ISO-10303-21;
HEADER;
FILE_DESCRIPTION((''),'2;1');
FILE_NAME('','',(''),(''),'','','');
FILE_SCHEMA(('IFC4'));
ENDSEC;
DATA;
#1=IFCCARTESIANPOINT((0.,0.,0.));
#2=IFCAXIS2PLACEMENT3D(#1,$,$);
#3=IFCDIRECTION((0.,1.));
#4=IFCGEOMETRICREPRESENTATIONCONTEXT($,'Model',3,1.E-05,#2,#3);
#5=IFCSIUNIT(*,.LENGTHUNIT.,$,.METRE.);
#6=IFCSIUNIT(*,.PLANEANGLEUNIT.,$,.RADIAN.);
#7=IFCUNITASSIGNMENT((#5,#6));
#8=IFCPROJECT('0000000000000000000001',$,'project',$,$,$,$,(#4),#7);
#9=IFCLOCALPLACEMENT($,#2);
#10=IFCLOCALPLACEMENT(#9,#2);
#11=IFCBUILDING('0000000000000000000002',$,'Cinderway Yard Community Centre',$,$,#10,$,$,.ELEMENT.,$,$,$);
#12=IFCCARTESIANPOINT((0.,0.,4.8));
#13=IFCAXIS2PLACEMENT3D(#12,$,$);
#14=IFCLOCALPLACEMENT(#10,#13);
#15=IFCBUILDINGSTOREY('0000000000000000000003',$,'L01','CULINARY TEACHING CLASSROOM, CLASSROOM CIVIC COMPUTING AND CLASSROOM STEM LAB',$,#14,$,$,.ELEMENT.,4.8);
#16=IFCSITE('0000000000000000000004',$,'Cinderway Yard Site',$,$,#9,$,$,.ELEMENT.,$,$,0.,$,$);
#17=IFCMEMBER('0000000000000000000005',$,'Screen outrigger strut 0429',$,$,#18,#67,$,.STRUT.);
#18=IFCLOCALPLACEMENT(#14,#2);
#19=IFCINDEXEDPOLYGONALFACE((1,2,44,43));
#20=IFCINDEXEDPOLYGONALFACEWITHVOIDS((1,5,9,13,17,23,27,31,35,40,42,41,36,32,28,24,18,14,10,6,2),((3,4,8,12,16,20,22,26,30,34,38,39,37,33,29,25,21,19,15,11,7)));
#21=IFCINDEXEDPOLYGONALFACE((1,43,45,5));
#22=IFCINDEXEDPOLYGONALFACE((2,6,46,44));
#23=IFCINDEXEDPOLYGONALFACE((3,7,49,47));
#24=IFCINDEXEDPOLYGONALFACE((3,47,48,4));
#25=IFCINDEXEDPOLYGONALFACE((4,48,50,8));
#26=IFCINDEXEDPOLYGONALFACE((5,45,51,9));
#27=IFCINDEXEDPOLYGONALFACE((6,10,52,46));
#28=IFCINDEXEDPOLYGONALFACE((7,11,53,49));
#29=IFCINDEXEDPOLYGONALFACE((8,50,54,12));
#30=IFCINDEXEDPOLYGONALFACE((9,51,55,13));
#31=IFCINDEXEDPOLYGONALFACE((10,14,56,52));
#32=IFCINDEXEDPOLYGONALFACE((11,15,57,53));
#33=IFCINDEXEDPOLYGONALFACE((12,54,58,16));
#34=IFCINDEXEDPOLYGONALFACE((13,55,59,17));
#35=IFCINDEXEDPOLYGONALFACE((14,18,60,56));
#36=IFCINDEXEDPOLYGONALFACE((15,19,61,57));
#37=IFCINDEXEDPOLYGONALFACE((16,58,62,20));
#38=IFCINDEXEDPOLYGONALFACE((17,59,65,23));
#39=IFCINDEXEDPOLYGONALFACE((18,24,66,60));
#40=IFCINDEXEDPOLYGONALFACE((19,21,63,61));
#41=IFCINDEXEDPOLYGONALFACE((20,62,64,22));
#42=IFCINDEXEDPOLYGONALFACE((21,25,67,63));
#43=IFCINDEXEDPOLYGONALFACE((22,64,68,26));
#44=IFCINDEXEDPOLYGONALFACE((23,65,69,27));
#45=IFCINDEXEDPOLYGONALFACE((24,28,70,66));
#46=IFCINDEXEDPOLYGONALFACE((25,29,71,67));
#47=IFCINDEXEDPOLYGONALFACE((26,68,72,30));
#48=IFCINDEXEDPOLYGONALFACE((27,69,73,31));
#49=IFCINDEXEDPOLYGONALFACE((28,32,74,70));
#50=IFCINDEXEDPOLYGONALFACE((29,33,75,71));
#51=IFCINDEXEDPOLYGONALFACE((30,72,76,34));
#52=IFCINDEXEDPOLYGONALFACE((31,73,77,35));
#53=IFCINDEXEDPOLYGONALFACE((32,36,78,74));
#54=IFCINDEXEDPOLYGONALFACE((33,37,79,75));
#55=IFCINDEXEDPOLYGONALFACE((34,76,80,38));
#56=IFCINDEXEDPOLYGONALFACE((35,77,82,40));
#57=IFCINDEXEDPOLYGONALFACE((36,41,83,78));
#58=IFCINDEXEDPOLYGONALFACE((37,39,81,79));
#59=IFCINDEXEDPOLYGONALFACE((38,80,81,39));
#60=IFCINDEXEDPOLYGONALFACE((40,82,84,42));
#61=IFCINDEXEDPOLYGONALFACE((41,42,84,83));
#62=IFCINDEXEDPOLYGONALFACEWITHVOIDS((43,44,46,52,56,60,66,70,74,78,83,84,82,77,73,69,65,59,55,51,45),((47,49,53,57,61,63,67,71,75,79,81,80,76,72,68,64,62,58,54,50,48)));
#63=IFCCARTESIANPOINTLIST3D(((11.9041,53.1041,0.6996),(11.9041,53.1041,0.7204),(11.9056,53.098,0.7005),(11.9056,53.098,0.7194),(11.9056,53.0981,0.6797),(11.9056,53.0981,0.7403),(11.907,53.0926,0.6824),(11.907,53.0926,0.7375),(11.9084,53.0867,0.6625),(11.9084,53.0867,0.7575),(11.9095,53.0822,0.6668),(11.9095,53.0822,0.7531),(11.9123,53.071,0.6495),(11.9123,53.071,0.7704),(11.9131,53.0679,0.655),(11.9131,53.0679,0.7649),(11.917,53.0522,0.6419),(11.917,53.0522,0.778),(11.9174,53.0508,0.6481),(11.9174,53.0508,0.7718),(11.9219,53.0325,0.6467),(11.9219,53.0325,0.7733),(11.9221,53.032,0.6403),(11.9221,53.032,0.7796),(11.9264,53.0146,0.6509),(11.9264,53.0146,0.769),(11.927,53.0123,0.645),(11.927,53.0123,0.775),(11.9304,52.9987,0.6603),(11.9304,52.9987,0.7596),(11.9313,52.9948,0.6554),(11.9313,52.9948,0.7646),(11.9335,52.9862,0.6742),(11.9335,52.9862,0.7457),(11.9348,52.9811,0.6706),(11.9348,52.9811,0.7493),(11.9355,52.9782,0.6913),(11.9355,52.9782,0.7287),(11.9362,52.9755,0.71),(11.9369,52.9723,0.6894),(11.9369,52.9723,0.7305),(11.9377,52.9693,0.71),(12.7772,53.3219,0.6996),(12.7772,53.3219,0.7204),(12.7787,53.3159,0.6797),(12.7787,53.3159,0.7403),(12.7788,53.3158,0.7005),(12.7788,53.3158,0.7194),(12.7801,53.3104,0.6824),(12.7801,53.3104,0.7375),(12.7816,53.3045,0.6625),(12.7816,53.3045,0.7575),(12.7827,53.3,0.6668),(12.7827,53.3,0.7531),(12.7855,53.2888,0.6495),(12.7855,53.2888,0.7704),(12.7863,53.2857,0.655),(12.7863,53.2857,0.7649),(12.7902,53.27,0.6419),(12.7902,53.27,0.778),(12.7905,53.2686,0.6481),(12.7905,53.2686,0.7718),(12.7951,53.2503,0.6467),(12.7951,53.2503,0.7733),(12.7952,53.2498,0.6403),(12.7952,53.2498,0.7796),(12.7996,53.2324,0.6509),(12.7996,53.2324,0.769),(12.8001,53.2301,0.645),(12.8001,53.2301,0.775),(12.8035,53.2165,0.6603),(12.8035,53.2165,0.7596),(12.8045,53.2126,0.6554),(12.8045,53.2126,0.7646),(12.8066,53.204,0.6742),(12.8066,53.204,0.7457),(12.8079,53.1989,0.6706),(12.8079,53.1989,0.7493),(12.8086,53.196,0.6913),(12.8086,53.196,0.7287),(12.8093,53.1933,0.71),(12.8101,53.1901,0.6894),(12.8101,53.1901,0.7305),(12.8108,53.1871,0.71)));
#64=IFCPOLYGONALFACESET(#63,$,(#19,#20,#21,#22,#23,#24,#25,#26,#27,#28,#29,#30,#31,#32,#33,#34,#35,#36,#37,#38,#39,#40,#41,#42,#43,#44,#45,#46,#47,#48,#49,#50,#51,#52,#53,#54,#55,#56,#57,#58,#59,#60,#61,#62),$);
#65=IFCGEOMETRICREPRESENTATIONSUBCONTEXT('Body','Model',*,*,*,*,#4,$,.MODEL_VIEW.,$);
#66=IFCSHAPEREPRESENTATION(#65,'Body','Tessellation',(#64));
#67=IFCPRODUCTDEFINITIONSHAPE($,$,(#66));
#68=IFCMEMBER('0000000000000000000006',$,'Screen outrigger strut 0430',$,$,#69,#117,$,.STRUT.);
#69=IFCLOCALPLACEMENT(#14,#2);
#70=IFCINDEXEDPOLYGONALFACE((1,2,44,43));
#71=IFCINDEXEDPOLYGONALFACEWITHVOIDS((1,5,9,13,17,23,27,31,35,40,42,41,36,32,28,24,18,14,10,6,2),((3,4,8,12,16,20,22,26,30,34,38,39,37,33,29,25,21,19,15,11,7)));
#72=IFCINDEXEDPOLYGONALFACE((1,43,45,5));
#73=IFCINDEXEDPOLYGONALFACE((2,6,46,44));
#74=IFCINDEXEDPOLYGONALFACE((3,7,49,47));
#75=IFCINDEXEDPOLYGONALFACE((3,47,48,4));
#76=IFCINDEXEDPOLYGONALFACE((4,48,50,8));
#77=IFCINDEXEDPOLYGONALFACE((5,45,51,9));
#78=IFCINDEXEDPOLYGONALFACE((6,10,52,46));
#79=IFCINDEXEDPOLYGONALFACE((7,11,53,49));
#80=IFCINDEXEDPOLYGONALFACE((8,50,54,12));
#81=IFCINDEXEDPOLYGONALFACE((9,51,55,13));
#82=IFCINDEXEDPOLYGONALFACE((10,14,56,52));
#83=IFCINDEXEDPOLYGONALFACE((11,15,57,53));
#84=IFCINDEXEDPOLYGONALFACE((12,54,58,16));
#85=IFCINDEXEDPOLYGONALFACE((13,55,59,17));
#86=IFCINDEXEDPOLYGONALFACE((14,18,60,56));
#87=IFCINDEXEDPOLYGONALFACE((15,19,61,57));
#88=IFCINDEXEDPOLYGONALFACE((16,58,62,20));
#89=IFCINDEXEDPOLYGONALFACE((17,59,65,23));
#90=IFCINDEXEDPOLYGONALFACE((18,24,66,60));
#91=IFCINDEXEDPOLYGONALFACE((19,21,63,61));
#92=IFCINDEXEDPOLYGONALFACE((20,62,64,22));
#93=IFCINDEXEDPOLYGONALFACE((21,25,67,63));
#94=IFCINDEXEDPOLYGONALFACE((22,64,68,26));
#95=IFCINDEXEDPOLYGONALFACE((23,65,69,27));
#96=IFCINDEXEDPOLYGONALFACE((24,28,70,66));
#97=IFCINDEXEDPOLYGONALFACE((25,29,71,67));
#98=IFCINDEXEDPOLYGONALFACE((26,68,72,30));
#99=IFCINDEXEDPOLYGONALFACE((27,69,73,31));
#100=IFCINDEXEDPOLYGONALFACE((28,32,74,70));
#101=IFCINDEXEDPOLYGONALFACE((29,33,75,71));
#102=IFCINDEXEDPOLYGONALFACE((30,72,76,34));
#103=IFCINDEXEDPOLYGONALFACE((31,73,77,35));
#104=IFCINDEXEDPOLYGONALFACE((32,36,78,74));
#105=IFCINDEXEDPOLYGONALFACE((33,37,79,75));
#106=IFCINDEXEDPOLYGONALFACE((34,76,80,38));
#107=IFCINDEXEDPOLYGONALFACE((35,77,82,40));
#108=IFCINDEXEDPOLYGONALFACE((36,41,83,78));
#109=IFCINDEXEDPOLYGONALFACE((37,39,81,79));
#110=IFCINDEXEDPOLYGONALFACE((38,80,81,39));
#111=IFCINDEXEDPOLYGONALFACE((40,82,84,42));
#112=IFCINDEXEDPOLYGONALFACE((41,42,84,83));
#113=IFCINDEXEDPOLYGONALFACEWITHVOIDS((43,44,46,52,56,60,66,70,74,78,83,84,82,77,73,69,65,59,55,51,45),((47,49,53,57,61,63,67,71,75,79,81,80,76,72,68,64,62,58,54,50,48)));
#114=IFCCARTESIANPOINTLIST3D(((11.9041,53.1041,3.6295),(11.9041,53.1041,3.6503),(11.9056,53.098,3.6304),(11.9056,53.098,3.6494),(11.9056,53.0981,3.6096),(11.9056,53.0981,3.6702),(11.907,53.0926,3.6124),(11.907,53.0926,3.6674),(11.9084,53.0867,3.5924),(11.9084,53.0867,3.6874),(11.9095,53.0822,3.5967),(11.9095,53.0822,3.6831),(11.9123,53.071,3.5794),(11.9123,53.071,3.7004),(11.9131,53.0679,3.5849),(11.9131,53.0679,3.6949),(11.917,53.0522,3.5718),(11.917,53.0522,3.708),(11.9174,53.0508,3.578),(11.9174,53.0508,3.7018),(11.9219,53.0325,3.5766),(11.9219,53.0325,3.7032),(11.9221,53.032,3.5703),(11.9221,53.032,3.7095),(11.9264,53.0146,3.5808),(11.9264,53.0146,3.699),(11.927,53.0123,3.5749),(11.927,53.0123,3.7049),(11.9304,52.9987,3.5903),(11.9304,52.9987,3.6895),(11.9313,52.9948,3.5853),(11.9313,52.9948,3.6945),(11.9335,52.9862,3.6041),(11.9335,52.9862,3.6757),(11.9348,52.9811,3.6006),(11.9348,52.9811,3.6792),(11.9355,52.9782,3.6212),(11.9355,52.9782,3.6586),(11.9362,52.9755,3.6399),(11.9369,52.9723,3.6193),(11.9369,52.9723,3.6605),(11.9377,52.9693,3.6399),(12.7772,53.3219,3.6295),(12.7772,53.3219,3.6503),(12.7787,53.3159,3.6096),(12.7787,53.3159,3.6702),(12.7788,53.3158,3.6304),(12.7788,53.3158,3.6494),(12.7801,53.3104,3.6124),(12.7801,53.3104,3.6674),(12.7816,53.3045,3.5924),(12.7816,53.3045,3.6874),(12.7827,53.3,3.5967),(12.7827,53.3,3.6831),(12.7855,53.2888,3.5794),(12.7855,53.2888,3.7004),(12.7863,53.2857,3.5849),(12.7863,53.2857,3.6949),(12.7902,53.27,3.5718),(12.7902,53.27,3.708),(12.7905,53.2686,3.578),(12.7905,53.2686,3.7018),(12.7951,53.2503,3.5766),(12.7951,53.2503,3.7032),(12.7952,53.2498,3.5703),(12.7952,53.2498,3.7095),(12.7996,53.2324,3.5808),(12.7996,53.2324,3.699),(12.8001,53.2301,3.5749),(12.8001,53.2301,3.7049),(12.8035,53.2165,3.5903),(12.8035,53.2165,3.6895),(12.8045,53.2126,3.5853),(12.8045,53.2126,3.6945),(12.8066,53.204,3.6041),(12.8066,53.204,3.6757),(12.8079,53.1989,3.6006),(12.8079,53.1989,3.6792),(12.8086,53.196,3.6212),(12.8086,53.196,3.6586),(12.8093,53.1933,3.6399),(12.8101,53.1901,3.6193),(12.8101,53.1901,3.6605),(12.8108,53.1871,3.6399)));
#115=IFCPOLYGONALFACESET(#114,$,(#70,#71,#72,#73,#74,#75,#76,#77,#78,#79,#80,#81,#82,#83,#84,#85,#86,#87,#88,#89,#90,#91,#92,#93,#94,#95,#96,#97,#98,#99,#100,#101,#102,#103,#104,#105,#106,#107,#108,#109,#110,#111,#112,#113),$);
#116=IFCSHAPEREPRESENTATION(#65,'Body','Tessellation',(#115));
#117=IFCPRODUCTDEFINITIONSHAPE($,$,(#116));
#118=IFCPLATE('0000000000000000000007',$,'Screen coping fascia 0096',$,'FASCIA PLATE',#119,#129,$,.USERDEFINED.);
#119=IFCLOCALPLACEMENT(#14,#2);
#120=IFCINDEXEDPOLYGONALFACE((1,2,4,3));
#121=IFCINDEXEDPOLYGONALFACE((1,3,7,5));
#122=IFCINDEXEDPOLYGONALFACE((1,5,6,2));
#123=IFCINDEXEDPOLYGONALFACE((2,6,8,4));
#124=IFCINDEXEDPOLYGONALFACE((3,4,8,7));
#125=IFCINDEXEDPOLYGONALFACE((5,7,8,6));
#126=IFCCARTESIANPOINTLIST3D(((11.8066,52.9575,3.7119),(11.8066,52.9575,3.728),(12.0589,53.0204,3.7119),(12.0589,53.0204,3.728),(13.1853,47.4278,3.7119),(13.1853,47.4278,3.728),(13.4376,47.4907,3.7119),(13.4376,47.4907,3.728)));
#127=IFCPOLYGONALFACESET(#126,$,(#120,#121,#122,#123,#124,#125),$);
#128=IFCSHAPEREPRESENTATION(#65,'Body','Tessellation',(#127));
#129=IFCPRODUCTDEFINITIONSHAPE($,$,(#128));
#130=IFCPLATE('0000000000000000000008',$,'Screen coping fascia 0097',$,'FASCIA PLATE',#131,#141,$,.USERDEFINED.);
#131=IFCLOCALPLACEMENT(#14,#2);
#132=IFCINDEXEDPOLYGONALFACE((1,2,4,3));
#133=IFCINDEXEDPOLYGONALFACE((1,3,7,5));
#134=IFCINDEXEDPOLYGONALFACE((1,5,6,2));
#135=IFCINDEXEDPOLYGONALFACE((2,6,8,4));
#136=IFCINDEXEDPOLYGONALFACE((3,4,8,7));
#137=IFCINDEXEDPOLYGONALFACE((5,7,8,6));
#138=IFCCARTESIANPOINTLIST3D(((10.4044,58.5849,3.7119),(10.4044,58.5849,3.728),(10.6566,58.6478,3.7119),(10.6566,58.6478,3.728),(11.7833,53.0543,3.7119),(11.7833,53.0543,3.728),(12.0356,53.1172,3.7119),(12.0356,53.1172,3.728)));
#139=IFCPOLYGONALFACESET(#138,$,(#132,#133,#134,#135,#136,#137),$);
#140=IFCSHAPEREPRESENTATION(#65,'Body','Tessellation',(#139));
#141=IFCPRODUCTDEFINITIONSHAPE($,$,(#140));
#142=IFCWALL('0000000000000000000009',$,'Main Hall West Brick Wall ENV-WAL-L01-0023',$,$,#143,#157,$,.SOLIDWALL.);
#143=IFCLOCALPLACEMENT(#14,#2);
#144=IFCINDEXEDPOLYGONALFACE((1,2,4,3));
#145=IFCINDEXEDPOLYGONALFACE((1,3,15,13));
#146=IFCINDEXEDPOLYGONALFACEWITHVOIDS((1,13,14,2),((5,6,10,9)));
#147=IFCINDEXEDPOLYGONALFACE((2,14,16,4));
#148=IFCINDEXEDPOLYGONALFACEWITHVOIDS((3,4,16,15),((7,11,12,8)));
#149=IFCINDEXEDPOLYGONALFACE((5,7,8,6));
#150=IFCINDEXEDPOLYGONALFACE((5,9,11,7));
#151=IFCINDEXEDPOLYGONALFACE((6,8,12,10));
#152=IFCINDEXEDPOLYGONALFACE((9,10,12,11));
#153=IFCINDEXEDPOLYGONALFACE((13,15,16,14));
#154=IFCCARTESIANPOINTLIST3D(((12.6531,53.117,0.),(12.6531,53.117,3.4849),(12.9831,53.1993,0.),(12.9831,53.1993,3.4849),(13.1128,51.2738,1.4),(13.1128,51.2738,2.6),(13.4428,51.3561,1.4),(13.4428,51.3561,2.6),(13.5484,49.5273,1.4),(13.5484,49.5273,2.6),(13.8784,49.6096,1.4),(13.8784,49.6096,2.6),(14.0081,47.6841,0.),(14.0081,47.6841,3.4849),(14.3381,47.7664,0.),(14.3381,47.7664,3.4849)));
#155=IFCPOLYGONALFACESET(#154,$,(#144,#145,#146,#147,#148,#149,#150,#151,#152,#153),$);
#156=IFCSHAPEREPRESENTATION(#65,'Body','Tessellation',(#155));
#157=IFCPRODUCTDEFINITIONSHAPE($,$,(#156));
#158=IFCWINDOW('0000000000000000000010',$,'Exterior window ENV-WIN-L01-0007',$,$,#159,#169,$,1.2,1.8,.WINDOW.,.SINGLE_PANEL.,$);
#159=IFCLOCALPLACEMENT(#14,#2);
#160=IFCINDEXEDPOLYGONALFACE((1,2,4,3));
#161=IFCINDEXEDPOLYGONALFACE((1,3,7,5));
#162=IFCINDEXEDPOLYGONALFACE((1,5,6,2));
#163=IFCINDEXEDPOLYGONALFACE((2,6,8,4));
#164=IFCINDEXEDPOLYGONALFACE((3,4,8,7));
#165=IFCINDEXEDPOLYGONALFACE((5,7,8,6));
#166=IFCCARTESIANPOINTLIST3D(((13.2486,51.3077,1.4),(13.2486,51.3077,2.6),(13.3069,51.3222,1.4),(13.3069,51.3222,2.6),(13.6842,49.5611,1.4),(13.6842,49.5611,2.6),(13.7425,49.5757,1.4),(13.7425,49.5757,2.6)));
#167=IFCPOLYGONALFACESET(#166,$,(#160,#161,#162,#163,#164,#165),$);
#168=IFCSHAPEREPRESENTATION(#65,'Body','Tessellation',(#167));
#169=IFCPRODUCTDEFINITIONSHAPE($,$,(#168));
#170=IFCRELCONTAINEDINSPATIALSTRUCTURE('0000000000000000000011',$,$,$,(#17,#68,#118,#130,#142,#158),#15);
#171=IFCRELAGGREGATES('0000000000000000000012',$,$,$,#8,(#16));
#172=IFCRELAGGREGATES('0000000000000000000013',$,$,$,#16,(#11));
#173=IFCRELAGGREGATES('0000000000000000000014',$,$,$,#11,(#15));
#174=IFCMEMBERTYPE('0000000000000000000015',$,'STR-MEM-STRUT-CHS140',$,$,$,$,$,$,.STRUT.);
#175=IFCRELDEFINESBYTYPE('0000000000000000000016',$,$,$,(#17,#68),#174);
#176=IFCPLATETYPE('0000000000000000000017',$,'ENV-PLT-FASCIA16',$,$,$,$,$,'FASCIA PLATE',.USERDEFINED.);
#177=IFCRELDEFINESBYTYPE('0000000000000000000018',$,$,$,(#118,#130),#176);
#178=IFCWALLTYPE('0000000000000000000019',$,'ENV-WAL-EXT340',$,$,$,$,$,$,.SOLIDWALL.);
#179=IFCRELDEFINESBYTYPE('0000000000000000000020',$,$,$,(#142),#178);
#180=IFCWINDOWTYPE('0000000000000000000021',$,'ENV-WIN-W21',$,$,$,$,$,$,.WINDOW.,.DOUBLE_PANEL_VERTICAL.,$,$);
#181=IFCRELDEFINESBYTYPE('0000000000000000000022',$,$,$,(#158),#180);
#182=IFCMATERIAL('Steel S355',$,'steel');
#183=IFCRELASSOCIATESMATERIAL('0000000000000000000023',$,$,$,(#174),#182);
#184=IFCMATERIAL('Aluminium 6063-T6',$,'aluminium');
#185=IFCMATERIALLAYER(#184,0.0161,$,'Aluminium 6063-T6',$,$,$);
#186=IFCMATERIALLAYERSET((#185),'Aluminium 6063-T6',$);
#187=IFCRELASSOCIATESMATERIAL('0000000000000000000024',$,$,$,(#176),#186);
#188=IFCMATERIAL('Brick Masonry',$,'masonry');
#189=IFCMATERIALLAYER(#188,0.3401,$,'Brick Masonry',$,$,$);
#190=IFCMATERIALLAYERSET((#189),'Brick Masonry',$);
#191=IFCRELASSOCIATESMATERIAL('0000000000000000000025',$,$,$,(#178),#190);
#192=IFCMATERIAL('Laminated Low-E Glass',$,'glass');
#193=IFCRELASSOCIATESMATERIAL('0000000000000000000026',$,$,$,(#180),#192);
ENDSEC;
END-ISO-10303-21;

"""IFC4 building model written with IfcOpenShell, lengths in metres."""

from ifc_helpers import new_model, si_unit, direction, frame, frame_2d, origin, origin_2d, place, context, subcontext, project, spatial, rectangle, hollow_circle, extrude, material, layer, layer_set, material_profile, profile_set, type_object, element, fill, save


model = new_model("IFC4")

# Units and contexts
model_context = context("Model", 3, precision=1e-05, world=origin(), true_north=direction((0.0, 1.0)))
body_context = subcontext(model_context, "Body", "Model", "MODEL_VIEW")
ifc_project = project(units=[si_unit("LENGTHUNIT", "METRE"), si_unit("PLANEANGLEUNIT", "RADIAN")], contexts=[model_context])

# Site, building, storey
site_placement = place(None, origin())
site = spatial("IfcSite", under=ifc_project, at=site_placement, Name="Cinderway Yard Site", CompositionType="ELEMENT", RefElevation=0.0)
building_placement = place(site_placement, origin())
building = spatial("IfcBuilding", under=site, at=building_placement, Name="Cinderway Yard Community Centre", CompositionType="ELEMENT")
storey_placement = place(building_placement, frame((0.0, 0.0, 4.8)))
storey = spatial("IfcBuildingStorey", under=building, at=storey_placement, Name="L01", Description="CULINARY TEACHING CLASSROOM, CLASSROOM CIVIC COMPUTING AND CLASSROOM STEM LAB", CompositionType="ELEMENT", Elevation=4.8)

# Shared definitions
ifc_material_1 = material(Name="Steel S355", Category="steel")

# Members
ifc_material_profile_1 = material_profile(ifc_material_1, hollow_circle(Radius=0.0698, WallThickness=0.0063, at=origin_2d()), Name="Steel S355")
ifc_profile_set_1 = profile_set([ifc_material_profile_1], Name="Steel S355")
member_type_1 = type_object("IfcMemberType", Name="STR-MEM-STRUT-CHS140", PredefinedType="STRUT", material=ifc_profile_set_1)
for number, where, z_axis, x_axis, name in (
    (1, (12.7939, 53.2549, 0.71), (-0.97027, -0.242025, 0.0), (0.242025, -0.97027, 0.0), "Screen outrigger strut 0429"),
    (2, (12.7939, 53.2549, 3.6399), (-0.97027, -0.242025, 0.0), (0.242025, -0.97027, 0.0), "Screen outrigger strut 0430"),
):
    element("IfcMember", number, at=place(storey_placement, frame(where, z_axis=z_axis, x_axis=x_axis)), inside=storey, type_object=member_type_1, Name=name, PredefinedType="STRUT", context=body_context, shape_type="SweptSolid", body=[
        extrude(hollow_circle(Radius=0.0698, WallThickness=0.0063, at=origin_2d()), origin(), (0.0, 0.0, 1.0), 0.8999),
    ])

# Plates
ifc_material_2 = material(Name="Aluminium 6063-T6", Category="aluminium")
ifc_layer_1 = layer(ifc_material_2, 0.0161, Name="Aluminium 6063-T6")
ifc_layer_set_1 = layer_set([ifc_layer_1], Name="Aluminium 6063-T6")
plate_type = type_object("IfcPlateType", Name="ENV-PLT-FASCIA16", ElementType="FASCIA PLATE", PredefinedType="USERDEFINED", material=ifc_layer_set_1)
plate_1_placement = place(storey_placement, frame((12.6221, 50.2241, 3.7119), z_axis=(0.0, 0.0, 1.0), x_axis=(-0.241922, 0.970296, 0.0)))
element("IfcPlate", 3, at=plate_1_placement, inside=storey, type_object=plate_type, Name="Screen coping fascia 0096", ObjectType="FASCIA PLATE", PredefinedType="USERDEFINED", context=body_context, shape_type="SweptSolid", body=[
    extrude(rectangle(XDim=5.699, YDim=0.26, at=origin_2d()), origin(), (0.0, 0.0, 1.0), 0.0161),
])
plate_2_placement = place(storey_placement, frame((11.22, 55.8511, 3.7119), z_axis=(0.0, 0.0, 1.0), x_axis=(-0.241922, 0.970296, 0.0)))
element("IfcPlate", 4, at=plate_2_placement, inside=storey, type_object=plate_type, Name="Screen coping fascia 0097", ObjectType="FASCIA PLATE", PredefinedType="USERDEFINED", context=body_context, shape_type="SweptSolid", body=[
    extrude(rectangle(XDim=5.7, YDim=0.26, at=origin_2d()), origin(), (0.0, 0.0, 1.0), 0.0161),
])

# Wall, opening, window
ifc_material_3 = material(Name="Brick Masonry", Category="masonry")
ifc_layer_2 = layer(ifc_material_3, 0.3401, Name="Brick Masonry")
ifc_layer_set_2 = layer_set([ifc_layer_2], Name="Brick Masonry")
wall_type = type_object("IfcWallType", Name="ENV-WAL-EXT340", PredefinedType="SOLIDWALL", material=ifc_layer_set_2)
wall_1_placement = place(storey_placement, frame((14.1731, 47.7251, 0.0), z_axis=(0.0, 0.0, 1.0), x_axis=(-0.241992, 0.970278, 0.0)))
wall_1 = element("IfcWall", 5, at=wall_1_placement, inside=storey, type_object=wall_type, Name="Main Hall West Brick Wall ENV-WAL-L01-0023", PredefinedType="SOLIDWALL", context=body_context, shape_type="SweptSolid", body=[
    extrude(rectangle(XDim=5.5994, YDim=0.3401, at=frame_2d((2.7998, 0.0))), origin(), (0.0, 0.0, 1.0), 3.4849),
])
opening_1_placement = place(wall_1_placement, frame((1.8999, 0.0, 1.3999)))
opening_1 = element("IfcOpeningElement", 6, at=opening_1_placement, cuts=wall_1, PredefinedType="OPENING", context=body_context, shape_type="SweptSolid", body=[
    extrude(rectangle(XDim=1.8, YDim=1.2, at=frame_2d((0.8999, 0.6001))), frame((0.0, 0.1799, 0.0), z_axis=(0.0, -1.0, 0.0), x_axis=(1.0, 0.0, 0.0)), (0.0, 0.0, 1.0), 0.3601),
])
ifc_material_4 = material(Name="Laminated Low-E Glass", Category="glass")
window_type_1 = type_object("IfcWindowType", Name="ENV-WIN-W21", PartitioningType="DOUBLE_PANEL_VERTICAL", PredefinedType="WINDOW", material=ifc_material_4)
window_1_placement = place(opening_1_placement, origin())
window_1 = element("IfcWindow", 7, at=window_1_placement, inside=storey, type_object=window_type_1, Name="Exterior window ENV-WIN-L01-0007", OverallHeight=1.2, OverallWidth=1.8, PartitioningType="SINGLE_PANEL", PredefinedType="WINDOW", context=body_context, shape_type="SweptSolid", body=[
    extrude(rectangle(XDim=1.8, YDim=1.2, at=frame_2d((0.8999, 0.6001))), frame((0.0, 0.03, 0.0), z_axis=(0.0, -1.0, 0.0), x_axis=(1.0, 0.0, 0.0)), (0.0, 0.0, 1.0), 0.0601),
])
fill(opening_1, window_1)

save(model, "model.ifc")
